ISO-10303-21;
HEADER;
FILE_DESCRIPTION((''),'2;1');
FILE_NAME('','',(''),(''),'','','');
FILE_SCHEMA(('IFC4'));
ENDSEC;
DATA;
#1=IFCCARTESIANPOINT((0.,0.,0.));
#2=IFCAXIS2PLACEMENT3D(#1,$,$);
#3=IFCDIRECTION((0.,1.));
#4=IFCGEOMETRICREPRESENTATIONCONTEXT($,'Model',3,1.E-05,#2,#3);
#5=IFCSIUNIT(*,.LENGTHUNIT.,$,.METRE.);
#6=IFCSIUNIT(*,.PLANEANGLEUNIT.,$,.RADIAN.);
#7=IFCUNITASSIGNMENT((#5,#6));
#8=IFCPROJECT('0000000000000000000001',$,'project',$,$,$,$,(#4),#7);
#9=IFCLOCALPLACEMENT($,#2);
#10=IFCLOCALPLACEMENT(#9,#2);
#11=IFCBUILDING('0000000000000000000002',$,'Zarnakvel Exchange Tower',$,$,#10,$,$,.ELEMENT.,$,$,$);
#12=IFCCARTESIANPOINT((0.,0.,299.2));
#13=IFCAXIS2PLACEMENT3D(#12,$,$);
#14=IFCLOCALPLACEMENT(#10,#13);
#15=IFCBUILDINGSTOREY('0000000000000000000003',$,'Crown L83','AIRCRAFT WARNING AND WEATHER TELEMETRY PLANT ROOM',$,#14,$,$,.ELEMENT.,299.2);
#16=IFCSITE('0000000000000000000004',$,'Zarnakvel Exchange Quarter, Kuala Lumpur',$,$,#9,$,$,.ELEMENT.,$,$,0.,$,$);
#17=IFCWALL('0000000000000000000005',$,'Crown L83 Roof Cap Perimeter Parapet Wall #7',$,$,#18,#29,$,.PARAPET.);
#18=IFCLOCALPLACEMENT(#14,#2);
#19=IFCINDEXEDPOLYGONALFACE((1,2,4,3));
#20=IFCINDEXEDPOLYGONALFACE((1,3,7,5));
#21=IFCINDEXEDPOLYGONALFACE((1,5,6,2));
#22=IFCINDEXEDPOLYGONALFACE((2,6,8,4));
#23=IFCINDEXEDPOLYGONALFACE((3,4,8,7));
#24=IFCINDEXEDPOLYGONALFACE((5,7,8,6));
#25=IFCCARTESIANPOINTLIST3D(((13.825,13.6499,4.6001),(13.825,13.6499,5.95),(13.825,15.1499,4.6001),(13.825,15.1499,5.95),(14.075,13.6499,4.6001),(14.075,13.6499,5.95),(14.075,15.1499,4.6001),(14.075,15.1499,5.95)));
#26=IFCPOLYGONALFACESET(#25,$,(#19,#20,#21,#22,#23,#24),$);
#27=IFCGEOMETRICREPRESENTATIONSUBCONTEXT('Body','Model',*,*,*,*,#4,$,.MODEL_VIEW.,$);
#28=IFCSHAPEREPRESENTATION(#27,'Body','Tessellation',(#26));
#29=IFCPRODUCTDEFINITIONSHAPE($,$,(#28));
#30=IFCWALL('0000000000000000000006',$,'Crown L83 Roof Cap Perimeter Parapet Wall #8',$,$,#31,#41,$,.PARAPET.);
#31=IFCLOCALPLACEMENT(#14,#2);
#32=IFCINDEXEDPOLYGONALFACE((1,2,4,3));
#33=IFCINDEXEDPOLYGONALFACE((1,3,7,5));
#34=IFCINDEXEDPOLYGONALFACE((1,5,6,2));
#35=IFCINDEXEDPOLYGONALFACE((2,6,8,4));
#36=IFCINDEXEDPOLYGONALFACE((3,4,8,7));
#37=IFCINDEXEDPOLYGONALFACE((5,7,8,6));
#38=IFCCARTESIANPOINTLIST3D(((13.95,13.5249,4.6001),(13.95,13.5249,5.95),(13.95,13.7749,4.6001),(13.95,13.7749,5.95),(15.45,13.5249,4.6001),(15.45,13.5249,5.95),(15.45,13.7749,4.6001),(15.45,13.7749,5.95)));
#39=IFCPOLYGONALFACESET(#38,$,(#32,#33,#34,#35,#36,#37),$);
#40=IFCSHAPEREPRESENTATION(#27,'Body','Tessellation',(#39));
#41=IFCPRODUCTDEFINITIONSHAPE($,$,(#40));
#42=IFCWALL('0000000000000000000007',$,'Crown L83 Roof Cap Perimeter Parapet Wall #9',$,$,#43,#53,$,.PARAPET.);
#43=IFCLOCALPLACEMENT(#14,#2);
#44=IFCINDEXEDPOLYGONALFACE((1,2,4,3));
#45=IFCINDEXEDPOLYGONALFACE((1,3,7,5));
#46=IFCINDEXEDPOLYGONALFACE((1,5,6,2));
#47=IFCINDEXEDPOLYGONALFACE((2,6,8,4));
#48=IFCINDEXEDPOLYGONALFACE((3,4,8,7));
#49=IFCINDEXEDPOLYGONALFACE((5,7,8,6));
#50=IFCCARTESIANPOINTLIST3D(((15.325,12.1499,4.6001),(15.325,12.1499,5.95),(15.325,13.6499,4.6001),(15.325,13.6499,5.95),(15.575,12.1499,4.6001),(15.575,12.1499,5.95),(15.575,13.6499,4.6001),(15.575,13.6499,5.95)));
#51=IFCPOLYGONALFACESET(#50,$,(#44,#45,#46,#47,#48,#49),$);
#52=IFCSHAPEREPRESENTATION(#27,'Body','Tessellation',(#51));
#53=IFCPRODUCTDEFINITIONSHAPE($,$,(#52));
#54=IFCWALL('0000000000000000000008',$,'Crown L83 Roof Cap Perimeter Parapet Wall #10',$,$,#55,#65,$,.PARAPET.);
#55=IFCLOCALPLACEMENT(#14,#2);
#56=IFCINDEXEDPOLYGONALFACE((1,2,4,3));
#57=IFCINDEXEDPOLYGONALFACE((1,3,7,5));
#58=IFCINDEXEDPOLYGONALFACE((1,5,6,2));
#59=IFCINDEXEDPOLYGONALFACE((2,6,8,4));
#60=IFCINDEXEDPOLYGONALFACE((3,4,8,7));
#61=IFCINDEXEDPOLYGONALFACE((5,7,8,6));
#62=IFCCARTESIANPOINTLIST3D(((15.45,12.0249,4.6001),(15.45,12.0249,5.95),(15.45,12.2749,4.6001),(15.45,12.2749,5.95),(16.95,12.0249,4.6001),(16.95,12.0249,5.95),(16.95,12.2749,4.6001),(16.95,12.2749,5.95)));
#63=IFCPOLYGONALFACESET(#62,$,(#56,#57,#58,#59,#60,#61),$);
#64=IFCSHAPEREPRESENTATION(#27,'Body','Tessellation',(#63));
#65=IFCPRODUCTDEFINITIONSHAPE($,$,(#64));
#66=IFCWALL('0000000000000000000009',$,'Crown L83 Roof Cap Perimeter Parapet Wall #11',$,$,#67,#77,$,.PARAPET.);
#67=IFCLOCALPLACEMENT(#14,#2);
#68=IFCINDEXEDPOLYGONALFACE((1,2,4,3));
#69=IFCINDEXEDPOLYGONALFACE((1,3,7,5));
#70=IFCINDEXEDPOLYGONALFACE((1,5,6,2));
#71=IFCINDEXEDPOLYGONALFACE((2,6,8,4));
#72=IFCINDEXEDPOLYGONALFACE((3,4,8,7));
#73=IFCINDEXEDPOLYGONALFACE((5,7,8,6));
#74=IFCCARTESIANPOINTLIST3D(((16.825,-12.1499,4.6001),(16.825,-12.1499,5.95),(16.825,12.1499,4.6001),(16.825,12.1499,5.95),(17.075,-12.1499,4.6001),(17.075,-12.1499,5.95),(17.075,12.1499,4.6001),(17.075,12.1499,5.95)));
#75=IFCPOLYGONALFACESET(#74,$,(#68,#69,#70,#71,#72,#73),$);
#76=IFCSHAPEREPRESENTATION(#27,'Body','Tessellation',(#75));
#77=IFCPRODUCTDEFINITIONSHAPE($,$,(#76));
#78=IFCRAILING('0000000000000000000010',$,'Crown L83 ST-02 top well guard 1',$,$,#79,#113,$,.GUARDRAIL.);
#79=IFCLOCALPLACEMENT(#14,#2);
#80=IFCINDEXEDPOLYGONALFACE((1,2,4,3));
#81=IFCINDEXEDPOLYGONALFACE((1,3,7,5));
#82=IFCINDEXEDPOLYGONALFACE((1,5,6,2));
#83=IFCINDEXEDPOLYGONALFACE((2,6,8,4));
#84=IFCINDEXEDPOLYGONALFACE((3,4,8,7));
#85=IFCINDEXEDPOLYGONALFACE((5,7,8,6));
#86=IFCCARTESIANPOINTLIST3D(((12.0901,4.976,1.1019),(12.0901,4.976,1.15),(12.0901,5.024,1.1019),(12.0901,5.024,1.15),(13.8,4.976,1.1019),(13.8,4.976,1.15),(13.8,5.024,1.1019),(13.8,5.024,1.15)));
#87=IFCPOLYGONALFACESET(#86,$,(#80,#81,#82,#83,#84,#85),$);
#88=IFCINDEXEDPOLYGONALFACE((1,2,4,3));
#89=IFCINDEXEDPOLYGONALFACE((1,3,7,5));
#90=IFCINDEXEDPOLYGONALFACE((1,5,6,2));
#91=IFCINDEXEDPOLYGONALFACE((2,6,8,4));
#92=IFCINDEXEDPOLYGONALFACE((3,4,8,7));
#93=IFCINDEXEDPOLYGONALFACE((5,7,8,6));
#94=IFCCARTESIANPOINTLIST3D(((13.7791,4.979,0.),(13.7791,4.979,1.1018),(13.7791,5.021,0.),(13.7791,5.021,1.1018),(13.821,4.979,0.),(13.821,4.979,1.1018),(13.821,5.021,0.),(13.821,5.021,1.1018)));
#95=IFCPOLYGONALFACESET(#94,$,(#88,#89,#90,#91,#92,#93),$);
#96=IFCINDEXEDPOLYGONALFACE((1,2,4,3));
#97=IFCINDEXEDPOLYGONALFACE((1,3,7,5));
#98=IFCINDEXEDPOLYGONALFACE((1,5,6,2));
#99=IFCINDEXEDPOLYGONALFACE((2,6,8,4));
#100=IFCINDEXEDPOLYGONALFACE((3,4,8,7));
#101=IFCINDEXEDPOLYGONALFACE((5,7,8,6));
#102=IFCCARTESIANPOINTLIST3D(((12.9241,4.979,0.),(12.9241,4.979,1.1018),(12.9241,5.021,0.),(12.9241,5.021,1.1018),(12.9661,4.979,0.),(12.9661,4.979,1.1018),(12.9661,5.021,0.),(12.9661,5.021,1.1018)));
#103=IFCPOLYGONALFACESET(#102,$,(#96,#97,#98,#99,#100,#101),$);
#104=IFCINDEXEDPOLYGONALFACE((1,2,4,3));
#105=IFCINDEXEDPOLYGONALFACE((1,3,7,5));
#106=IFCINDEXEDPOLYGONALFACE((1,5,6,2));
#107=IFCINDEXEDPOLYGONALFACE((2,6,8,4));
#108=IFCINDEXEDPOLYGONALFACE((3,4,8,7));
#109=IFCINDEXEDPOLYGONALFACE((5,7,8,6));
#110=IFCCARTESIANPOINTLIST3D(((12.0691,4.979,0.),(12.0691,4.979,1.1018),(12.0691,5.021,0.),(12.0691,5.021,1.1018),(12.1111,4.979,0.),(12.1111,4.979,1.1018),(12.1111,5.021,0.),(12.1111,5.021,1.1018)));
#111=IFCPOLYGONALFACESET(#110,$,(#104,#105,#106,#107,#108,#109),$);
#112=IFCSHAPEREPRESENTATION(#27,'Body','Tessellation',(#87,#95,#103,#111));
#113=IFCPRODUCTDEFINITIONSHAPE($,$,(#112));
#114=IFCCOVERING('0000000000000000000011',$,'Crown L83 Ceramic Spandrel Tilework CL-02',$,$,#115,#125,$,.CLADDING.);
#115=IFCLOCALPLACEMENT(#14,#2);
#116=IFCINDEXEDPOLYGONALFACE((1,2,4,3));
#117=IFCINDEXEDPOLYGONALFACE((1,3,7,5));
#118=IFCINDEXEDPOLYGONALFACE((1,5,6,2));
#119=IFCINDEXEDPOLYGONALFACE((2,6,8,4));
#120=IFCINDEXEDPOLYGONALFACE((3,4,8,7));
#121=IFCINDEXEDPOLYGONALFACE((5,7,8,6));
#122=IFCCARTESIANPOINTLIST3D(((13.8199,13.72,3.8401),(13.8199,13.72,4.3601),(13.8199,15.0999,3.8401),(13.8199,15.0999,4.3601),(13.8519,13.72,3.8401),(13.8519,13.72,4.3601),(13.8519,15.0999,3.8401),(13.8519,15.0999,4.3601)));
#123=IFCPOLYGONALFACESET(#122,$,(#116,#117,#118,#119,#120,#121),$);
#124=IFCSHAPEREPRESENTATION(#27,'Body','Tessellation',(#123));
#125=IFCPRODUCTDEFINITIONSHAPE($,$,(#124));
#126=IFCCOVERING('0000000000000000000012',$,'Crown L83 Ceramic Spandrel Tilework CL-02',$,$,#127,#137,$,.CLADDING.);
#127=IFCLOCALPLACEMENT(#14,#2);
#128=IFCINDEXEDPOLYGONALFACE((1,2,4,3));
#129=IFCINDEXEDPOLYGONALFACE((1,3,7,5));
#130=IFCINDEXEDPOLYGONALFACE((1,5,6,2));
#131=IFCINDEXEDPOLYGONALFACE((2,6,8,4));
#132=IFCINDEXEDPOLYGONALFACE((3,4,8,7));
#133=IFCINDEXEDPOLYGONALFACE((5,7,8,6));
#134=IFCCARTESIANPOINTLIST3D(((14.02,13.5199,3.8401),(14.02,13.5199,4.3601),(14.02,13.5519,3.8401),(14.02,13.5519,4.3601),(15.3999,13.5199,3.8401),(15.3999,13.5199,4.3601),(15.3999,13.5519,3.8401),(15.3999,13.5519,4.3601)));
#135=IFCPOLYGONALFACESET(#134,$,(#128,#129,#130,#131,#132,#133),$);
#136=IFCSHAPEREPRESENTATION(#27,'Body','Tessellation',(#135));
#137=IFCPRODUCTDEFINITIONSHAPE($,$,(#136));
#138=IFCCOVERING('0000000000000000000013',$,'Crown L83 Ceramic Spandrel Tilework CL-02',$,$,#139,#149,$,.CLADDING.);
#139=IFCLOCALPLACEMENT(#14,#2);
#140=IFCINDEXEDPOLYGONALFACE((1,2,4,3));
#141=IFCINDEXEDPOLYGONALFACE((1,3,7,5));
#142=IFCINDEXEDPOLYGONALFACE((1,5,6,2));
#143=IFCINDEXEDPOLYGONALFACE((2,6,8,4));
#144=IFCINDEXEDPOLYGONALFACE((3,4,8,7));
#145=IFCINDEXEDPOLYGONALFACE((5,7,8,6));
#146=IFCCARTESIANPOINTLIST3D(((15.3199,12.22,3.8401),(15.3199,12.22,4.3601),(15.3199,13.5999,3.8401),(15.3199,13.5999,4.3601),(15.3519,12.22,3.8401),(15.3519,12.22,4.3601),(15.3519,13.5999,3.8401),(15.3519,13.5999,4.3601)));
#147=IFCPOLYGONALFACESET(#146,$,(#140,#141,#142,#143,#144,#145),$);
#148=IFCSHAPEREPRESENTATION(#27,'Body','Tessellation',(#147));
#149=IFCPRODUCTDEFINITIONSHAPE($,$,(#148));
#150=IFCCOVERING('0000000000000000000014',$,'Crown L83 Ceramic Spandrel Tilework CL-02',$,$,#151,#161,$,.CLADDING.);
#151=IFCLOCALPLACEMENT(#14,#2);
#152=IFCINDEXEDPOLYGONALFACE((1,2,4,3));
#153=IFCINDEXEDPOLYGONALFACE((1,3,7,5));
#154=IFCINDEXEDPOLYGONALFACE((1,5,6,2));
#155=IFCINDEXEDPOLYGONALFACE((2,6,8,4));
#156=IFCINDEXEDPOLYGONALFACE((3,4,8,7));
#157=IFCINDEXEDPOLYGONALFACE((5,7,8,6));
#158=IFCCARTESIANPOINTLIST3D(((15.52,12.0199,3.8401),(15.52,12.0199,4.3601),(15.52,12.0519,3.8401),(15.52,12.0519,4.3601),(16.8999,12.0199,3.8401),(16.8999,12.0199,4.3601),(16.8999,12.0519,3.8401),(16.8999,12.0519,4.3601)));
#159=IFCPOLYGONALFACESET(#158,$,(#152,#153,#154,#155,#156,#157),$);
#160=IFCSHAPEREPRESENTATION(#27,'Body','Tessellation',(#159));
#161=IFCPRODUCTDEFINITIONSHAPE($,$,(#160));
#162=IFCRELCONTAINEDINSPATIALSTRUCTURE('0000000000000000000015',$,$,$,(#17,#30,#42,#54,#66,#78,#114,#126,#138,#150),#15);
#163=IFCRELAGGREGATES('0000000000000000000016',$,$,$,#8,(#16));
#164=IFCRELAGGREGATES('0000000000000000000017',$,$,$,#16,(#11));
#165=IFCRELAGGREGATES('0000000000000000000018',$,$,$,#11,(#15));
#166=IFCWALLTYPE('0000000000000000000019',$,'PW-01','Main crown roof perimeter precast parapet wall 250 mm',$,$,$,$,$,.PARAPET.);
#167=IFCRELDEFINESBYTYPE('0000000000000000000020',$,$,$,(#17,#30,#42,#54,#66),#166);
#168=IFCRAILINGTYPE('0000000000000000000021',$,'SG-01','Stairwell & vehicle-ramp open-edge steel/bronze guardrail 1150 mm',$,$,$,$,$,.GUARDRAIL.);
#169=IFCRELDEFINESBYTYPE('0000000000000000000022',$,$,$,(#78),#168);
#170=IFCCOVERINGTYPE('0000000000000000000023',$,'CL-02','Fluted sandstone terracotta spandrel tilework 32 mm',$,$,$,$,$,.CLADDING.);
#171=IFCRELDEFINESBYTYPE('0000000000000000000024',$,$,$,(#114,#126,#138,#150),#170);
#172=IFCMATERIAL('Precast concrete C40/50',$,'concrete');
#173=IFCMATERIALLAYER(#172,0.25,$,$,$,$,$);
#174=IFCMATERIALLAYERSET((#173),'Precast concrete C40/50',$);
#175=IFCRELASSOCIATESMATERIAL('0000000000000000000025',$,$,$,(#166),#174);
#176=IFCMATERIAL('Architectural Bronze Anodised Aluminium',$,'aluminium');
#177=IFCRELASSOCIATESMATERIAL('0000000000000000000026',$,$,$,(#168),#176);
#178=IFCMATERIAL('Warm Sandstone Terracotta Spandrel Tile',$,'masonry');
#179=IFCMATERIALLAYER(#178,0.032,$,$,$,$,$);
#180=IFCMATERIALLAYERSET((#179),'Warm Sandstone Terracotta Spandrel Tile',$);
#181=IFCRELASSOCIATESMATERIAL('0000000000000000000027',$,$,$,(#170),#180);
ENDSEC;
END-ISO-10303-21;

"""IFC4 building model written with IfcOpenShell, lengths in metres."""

from ifc_helpers import new_model, si_unit, direction, frame, frame_2d, origin, origin_2d, place, context, subcontext, project, spatial, rectangle, extrude, source, transform, mapped, material, layer, layer_set, type_object, element, save


model = new_model("IFC4")

# Units and contexts
model_context = context("Model", 3, precision=1e-05, world=origin(), true_north=direction((0.0, 1.0)))
body_context = subcontext(model_context, "Body", "Model", "MODEL_VIEW")
ifc_project = project(units=[si_unit("LENGTHUNIT", "METRE"), si_unit("PLANEANGLEUNIT", "RADIAN")], contexts=[model_context])

# Site, building, storey
site_placement = place(None, origin())
site = spatial("IfcSite", under=ifc_project, at=site_placement, Name="Zarnakvel Exchange Quarter, Kuala Lumpur", CompositionType="ELEMENT", RefElevation=0.0)
building_placement = place(site_placement, origin())
building = spatial("IfcBuilding", under=site, at=building_placement, Name="Zarnakvel Exchange Tower", CompositionType="ELEMENT")
storey_placement = place(building_placement, frame((0.0, 0.0, 299.2)))
storey = spatial("IfcBuildingStorey", under=building, at=storey_placement, Name="Crown L83", Description="AIRCRAFT WARNING AND WEATHER TELEMETRY PLANT ROOM", CompositionType="ELEMENT", Elevation=299.2)

# Shared definitions
ifc_material_1 = material(Name="Architectural Bronze Anodised Aluminium", Category="aluminium")

# Walls
ifc_material_2 = material(Name="Precast concrete C40/50", Category="concrete")
ifc_layer_1 = layer(ifc_material_2, 0.25)
ifc_layer_set_1 = layer_set([ifc_layer_1], Name="Precast concrete C40/50")
wall_type_1 = type_object("IfcWallType", Name="PW-01", Description="Main crown roof perimeter precast parapet wall 250 mm", PredefinedType="PARAPET", material=ifc_layer_set_1)
for number, where, z_axis, x_axis, name in (
    (1, (13.95, 15.1499, 4.6001), (0.0, 0.0, 1.0), (0.0, -1.0, 0.0), "Crown L83 Roof Cap Perimeter Parapet Wall #7"),
    (2, (13.95, 13.6499, 4.6001), (0.0, 0.0, 1.0), (1.0, 0.0, 0.0), "Crown L83 Roof Cap Perimeter Parapet Wall #8"),
    (3, (15.45, 13.6499, 4.6001), (0.0, 0.0, 1.0), (0.0, -1.0, 0.0), "Crown L83 Roof Cap Perimeter Parapet Wall #9"),
    (4, (15.45, 12.1499, 4.6001), (0.0, 0.0, 1.0), (1.0, 0.0, 0.0), "Crown L83 Roof Cap Perimeter Parapet Wall #10"),
):
    element("IfcWall", number, at=place(storey_placement, frame(where, z_axis=z_axis, x_axis=x_axis)), inside=storey, type_object=wall_type_1, Name=name, PredefinedType="PARAPET", context=body_context, shape_type="SweptSolid", body=[
        extrude(rectangle(XDim=1.5, YDim=0.25, at=frame_2d((0.75, 0.0))), origin(), (0.0, 0.0, 1.0), 1.3499),
    ])
wall_1_placement = place(storey_placement, frame((16.95, 12.1499, 4.6001), z_axis=(0.0, 0.0, 1.0), x_axis=(0.0, -1.0, 0.0)))
element("IfcWall", 5, at=wall_1_placement, inside=storey, type_object=wall_type_1, Name="Crown L83 Roof Cap Perimeter Parapet Wall #11", PredefinedType="PARAPET", context=body_context, shape_type="SweptSolid", body=[
    extrude(rectangle(XDim=24.2998, YDim=0.25, at=frame_2d((12.1499, 0.0))), origin(), (0.0, 0.0, 1.0), 1.3499),
])

# Railing
railing_type = type_object("IfcRailingType", Name="SG-01", Description="Stairwell & vehicle-ramp open-edge steel/bronze guardrail 1150 mm", PredefinedType="GUARDRAIL", material=ifc_material_1)
railing_placement = place(storey_placement, frame((13.8, 5.0, 0.0)))
element("IfcRailing", 6, at=railing_placement, inside=storey, type_object=railing_type, Name="Crown L83 ST-02 top well guard 1", PredefinedType="GUARDRAIL", context=body_context, shape_type="SweptSolid", body=[
    extrude(rectangle(XDim=0.0481, YDim=0.0481, at=origin_2d()), frame((0.0, 0.0, 1.126), z_axis=(-1.0, 0.0, 0.0), x_axis=(0.0, -1.0, 0.0)), (0.0, 0.0, 1.0), 1.71),
    extrude(rectangle(XDim=0.042, YDim=0.042, at=origin_2d()), origin(), (0.0, 0.0, 1.0), 1.1018),
    extrude(rectangle(XDim=0.042, YDim=0.042, at=origin_2d()), frame((-0.855, 0.0, 0.0)), (0.0, 0.0, 1.0), 1.1018),
    extrude(rectangle(XDim=0.042, YDim=0.042, at=origin_2d()), frame((-1.71, 0.0, 0.0)), (0.0, 0.0, 1.0), 1.1018),
])

# Coverings
ifc_material_3 = material(Name="Warm Sandstone Terracotta Spandrel Tile", Category="masonry")
ifc_layer_2 = layer(ifc_material_3, 0.032)
ifc_layer_set_2 = layer_set([ifc_layer_2], Name="Warm Sandstone Terracotta Spandrel Tile")
covering_type = type_object("IfcCoveringType", Name="CL-02", Description="Fluted sandstone terracotta spandrel tilework 32 mm", PredefinedType="CLADDING", material=ifc_layer_set_2)
shared_shape_1 = source(origin(), body_context, "Body", "SweptSolid", [
    extrude(rectangle(XDim=1.3799, YDim=0.032, at=origin_2d()), origin(), (0.0, 0.0, 1.0), 0.52),
])
for number, where, z_axis, x_axis, name in (
    (7, (13.8359, 14.4099, 3.8401), (0.0, 0.0, 1.0), (0.0, 1.0, 0.0), "Crown L83 Ceramic Spandrel Tilework CL-02"),
    (8, (14.71, 13.5359, 3.8401), (0.0, 0.0, 1.0), (-1.0, 0.0, 0.0), "Crown L83 Ceramic Spandrel Tilework CL-02"),
    (9, (15.3359, 12.9099, 3.8401), (0.0, 0.0, 1.0), (0.0, 1.0, 0.0), "Crown L83 Ceramic Spandrel Tilework CL-02"),
    (10, (16.21, 12.0359, 3.8401), (0.0, 0.0, 1.0), (-1.0, 0.0, 0.0), "Crown L83 Ceramic Spandrel Tilework CL-02"),
):
    element("IfcCovering", number, at=place(storey_placement, frame(where, z_axis=z_axis, x_axis=x_axis)), inside=storey, type_object=covering_type, Name=name, PredefinedType="CLADDING", context=body_context, shape_type="MappedRepresentation", body=[
        mapped(shared_shape_1, transform((0.0, 0.0, 0.0), x_axis=(1.0, 0.0, 0.0), y_axis=(0.0, 1.0, 0.0), z_axis=(0.0, 0.0, 1.0), scale=1.0)),
    ])

save(model, "model.ifc")
